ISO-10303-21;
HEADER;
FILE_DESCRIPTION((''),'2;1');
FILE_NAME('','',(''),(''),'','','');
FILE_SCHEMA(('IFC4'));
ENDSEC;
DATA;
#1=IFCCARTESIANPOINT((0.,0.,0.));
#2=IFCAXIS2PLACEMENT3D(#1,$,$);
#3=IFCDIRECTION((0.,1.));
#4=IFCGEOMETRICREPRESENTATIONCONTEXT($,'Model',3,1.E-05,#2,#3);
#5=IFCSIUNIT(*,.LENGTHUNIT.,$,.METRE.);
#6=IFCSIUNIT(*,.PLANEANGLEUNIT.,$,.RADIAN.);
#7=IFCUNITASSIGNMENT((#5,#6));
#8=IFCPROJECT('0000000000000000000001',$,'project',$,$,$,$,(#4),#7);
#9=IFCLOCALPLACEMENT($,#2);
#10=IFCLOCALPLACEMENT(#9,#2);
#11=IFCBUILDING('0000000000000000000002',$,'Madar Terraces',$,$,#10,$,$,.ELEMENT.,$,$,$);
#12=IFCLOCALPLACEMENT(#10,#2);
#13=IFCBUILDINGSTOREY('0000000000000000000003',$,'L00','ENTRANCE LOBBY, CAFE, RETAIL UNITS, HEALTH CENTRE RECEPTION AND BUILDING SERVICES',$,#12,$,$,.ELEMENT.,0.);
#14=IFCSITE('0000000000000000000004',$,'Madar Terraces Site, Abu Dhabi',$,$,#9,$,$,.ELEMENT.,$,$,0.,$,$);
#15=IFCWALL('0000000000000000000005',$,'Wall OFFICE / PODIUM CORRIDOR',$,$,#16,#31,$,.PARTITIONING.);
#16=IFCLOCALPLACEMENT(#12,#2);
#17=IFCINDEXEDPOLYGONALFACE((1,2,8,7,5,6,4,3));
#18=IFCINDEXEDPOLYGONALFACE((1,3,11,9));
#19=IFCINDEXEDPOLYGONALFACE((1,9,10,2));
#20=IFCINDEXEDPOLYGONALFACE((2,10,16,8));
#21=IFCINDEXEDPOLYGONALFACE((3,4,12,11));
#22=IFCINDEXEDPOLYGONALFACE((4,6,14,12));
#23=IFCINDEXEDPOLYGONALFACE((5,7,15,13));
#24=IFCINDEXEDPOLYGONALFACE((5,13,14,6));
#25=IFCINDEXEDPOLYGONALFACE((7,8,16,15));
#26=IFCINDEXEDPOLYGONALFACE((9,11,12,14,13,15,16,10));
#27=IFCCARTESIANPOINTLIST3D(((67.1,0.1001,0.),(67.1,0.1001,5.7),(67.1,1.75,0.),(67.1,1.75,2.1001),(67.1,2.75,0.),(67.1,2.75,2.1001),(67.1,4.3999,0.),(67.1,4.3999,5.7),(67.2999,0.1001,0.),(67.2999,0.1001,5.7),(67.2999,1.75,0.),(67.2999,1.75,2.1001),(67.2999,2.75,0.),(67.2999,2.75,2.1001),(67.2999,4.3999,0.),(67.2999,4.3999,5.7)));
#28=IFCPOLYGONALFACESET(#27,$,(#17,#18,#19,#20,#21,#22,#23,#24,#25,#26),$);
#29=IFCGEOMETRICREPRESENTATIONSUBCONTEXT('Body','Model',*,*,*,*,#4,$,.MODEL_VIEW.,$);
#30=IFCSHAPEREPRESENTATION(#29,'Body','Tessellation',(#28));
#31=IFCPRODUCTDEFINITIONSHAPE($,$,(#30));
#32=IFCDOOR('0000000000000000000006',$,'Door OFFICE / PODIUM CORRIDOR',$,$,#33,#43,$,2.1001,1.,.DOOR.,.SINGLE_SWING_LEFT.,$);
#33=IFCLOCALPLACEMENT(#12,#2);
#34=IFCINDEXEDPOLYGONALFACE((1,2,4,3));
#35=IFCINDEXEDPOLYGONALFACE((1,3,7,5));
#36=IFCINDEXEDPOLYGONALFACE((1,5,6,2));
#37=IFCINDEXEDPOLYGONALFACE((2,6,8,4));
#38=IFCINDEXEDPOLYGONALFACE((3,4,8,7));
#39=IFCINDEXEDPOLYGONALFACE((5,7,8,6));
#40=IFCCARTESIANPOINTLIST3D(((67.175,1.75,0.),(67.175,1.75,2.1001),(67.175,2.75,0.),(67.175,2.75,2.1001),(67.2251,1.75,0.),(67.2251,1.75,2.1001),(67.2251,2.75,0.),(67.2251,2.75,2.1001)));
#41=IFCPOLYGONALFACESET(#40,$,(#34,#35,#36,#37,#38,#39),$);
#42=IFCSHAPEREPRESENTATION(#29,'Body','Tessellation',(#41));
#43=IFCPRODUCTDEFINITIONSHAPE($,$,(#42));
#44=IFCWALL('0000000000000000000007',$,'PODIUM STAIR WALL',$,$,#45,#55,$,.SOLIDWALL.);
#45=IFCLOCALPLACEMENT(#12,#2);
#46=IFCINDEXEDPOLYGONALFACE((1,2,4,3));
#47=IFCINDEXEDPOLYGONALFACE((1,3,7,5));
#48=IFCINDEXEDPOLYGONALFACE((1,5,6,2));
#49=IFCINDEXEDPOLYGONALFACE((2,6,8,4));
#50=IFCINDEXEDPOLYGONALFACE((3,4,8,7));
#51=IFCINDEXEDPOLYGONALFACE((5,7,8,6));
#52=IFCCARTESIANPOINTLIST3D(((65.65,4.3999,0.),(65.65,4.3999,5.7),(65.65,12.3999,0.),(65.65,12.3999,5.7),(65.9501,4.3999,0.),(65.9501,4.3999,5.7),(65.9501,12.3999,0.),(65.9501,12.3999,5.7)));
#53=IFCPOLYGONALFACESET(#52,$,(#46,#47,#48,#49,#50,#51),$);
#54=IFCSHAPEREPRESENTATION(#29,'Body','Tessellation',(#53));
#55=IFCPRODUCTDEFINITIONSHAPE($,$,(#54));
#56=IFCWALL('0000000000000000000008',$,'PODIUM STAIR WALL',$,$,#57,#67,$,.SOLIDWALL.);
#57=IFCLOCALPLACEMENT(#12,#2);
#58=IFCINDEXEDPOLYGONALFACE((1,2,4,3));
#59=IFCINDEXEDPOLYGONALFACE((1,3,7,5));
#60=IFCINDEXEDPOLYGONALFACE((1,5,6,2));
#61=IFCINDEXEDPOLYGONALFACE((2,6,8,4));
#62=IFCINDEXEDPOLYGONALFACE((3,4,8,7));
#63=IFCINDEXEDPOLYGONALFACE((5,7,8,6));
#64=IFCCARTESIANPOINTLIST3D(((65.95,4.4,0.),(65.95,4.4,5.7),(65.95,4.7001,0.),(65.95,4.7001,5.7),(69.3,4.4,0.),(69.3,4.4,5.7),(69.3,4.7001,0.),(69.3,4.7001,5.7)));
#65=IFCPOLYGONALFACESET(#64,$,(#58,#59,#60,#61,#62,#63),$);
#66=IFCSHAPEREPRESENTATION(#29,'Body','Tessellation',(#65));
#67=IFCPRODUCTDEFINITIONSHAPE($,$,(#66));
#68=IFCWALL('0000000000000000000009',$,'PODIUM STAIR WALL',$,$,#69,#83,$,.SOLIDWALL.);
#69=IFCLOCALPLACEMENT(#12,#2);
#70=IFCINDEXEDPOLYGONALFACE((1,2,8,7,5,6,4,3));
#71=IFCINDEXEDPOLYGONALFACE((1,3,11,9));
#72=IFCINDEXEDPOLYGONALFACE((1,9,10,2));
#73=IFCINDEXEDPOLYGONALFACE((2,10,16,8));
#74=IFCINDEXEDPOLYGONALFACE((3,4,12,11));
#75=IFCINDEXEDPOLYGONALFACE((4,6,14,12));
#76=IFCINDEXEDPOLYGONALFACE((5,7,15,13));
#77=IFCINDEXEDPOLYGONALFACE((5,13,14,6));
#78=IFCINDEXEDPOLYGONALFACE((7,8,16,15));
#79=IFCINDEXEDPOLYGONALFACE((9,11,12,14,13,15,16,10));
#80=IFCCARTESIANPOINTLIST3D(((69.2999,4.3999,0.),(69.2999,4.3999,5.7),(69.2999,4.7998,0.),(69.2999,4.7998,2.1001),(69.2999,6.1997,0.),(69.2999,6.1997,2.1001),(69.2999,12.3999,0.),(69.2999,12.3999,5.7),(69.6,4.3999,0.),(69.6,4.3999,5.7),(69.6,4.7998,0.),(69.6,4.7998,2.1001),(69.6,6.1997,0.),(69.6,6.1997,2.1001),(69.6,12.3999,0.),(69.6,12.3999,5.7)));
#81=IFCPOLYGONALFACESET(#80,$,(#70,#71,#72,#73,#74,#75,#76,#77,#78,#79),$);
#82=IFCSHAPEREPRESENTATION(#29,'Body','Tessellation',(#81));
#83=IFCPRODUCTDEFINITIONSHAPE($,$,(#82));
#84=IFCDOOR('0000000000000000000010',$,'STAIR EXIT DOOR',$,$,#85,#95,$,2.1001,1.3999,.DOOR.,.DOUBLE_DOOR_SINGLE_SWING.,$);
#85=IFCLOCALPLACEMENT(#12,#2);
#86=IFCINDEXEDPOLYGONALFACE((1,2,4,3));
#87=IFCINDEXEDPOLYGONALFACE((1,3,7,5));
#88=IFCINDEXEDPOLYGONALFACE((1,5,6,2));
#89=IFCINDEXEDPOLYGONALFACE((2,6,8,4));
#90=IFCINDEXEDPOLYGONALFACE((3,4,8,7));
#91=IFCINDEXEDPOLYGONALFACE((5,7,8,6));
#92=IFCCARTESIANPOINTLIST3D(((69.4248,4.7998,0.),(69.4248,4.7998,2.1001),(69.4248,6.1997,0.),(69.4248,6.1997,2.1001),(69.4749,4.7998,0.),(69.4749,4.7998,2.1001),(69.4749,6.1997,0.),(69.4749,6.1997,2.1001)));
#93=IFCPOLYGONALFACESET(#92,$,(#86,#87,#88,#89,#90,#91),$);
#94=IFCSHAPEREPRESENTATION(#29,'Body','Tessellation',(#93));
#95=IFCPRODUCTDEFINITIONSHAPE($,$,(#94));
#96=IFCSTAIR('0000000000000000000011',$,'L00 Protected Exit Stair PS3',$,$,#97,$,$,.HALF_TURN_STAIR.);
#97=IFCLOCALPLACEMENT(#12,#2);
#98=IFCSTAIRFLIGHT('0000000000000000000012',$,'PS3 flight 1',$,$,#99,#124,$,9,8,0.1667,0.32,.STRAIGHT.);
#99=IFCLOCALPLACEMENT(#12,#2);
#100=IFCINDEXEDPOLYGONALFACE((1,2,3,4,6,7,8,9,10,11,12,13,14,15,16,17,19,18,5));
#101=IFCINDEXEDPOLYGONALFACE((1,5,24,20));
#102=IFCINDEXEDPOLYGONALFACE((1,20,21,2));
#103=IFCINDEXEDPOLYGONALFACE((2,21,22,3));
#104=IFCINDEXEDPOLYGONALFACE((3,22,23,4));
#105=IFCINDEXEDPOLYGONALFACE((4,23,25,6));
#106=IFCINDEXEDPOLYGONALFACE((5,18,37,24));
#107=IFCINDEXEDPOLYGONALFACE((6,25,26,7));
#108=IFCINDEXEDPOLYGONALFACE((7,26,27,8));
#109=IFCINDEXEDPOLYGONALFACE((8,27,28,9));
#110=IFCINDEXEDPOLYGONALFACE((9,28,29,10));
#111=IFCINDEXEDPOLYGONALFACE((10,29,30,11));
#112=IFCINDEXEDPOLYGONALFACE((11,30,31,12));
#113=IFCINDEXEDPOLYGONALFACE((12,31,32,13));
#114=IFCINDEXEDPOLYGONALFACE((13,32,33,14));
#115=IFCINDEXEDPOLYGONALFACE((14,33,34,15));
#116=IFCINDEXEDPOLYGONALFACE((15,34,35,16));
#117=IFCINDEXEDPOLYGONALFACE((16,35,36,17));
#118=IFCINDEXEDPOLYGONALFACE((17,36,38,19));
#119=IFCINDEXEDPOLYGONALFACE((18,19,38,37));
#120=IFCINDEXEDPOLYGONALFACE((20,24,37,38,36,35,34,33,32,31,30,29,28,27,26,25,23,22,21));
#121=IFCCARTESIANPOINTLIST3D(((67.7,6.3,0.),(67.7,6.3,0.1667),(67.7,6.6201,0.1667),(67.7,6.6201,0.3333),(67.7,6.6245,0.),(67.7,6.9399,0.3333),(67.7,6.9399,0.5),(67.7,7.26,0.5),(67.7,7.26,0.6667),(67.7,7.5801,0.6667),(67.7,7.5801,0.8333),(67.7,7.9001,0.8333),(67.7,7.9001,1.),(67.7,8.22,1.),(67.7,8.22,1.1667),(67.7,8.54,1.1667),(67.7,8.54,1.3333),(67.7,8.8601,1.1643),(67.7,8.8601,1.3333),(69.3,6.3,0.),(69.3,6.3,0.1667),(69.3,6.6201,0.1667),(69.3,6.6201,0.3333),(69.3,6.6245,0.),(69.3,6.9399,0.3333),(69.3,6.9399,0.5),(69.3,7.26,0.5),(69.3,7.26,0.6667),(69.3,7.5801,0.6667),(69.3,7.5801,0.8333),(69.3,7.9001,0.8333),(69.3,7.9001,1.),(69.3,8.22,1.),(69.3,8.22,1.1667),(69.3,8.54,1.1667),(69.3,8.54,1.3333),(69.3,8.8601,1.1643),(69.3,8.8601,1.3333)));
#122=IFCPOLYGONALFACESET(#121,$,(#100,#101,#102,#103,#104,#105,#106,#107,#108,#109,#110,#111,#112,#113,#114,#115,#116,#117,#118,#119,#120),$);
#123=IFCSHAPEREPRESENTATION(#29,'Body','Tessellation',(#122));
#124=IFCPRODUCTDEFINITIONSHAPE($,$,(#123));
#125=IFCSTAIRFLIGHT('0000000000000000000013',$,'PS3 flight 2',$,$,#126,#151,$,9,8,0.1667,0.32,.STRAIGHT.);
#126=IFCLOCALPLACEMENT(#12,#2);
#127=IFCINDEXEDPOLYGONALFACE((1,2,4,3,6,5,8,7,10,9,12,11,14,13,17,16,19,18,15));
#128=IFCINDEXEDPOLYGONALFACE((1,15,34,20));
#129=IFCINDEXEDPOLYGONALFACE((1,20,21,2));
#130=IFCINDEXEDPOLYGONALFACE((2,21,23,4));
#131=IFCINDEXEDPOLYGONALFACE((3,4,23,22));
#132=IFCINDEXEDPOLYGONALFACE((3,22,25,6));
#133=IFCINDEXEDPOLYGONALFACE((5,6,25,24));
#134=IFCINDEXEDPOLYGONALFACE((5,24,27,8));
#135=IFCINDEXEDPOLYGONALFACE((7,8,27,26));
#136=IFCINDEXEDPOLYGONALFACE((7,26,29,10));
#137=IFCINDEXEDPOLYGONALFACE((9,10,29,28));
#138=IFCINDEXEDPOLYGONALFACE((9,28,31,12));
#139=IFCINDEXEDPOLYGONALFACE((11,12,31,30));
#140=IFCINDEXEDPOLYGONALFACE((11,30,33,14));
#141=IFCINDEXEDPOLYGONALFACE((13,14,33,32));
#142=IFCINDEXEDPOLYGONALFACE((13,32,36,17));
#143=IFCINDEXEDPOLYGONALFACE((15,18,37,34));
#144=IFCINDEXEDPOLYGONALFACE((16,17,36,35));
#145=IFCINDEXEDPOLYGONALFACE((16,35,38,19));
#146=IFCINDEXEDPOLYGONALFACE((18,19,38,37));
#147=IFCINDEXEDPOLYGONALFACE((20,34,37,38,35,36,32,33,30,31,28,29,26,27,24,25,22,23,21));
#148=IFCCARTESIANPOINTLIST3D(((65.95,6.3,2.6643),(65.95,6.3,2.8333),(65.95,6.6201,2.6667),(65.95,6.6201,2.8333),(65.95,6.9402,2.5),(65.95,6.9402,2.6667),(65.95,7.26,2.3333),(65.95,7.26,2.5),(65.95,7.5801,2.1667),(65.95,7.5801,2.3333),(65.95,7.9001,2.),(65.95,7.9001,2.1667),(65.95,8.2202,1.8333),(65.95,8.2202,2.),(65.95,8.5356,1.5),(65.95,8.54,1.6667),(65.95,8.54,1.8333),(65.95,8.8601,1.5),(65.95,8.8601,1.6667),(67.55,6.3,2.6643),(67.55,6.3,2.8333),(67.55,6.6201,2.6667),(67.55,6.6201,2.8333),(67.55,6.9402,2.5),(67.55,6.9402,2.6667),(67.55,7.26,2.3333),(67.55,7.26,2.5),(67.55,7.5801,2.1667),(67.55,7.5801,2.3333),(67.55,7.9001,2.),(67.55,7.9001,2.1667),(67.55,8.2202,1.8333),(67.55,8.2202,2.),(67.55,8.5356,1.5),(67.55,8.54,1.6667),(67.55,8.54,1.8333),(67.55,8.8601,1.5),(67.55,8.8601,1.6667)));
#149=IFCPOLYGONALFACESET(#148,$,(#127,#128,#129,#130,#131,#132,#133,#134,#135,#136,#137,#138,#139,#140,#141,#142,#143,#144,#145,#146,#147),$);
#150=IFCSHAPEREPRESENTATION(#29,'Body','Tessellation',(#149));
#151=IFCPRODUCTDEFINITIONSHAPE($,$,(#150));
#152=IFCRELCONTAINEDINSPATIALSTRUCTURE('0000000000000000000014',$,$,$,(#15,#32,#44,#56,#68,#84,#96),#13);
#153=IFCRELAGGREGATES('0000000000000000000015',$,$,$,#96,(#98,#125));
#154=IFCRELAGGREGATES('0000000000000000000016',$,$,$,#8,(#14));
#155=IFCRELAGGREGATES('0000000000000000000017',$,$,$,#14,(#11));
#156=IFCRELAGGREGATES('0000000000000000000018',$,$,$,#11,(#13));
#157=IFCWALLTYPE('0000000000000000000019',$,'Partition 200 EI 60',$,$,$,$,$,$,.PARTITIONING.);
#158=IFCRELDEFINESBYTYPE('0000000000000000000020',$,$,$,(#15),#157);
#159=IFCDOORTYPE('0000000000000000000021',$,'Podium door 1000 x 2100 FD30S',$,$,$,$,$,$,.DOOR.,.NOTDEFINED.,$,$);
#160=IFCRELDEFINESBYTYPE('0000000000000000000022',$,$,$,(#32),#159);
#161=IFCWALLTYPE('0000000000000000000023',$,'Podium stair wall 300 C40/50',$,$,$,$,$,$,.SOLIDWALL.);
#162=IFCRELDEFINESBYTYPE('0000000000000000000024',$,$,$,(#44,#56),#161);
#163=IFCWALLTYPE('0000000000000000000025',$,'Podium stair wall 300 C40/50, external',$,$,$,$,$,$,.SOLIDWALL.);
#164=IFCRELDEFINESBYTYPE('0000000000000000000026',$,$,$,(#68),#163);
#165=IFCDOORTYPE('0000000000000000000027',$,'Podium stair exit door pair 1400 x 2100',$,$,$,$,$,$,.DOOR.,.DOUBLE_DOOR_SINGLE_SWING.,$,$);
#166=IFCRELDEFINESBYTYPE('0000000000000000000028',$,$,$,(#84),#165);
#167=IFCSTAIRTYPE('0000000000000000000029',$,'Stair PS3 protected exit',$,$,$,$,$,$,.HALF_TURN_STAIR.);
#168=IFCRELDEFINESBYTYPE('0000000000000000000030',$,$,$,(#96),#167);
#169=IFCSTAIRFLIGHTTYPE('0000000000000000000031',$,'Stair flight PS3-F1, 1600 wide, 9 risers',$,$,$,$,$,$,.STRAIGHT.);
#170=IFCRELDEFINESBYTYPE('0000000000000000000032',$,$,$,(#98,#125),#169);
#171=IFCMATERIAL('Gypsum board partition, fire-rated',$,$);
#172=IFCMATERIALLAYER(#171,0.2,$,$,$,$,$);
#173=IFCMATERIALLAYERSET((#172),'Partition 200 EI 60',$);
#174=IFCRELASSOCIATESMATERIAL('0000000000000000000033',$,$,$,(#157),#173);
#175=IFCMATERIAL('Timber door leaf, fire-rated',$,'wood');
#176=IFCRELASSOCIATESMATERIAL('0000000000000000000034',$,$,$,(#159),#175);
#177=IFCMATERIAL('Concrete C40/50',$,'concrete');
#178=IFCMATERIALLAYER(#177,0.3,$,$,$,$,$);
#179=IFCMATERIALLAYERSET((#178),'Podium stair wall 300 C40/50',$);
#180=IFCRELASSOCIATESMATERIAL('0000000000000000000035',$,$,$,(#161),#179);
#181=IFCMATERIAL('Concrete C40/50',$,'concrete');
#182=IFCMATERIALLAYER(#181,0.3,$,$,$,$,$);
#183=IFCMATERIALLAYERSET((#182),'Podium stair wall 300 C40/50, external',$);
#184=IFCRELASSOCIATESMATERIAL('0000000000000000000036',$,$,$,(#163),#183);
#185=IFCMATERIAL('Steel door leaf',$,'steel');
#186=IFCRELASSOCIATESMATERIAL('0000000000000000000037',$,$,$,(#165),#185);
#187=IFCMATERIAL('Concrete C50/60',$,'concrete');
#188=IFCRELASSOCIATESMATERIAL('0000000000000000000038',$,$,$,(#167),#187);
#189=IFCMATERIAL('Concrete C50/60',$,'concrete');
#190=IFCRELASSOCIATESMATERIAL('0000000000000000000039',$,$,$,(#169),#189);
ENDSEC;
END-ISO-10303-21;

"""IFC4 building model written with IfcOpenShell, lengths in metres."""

from ifc_helpers import new_model, si_unit, direction, frame, frame_2d, origin, place, context, subcontext, project, spatial, polyline, rectangle, outline, extrude, material, layer, layer_set, type_object, element, fill, aggregate, save


model = new_model("IFC4")

# Units and contexts
model_context = context("Model", 3, precision=1e-05, world=origin(), true_north=direction((0.0, 1.0)))
body_context = subcontext(model_context, "Body", "Model", "MODEL_VIEW")
ifc_project = project(units=[si_unit("LENGTHUNIT", "METRE"), si_unit("PLANEANGLEUNIT", "RADIAN")], contexts=[model_context])

# Site, building, storey
site_placement = place(None, origin())
site = spatial("IfcSite", under=ifc_project, at=site_placement, Name="Madar Terraces Site, Abu Dhabi", CompositionType="ELEMENT", RefElevation=0.0)
building_placement = place(site_placement, origin())
building = spatial("IfcBuilding", under=site, at=building_placement, Name="Madar Terraces", CompositionType="ELEMENT")
storey_placement = place(building_placement, origin())
storey = spatial("IfcBuildingStorey", under=building, at=storey_placement, Name="L00", Description="ENTRANCE LOBBY, CAFE, RETAIL UNITS, HEALTH CENTRE RECEPTION AND BUILDING SERVICES", CompositionType="ELEMENT", Elevation=0.0)

# Shared definitions
ifc_material_1 = material(Name="Gypsum board partition, fire-rated")
ifc_layer_1 = layer(ifc_material_1, 0.2)
ifc_layer_set_1 = layer_set([ifc_layer_1], Name="Partition 200 EI 60")
wall_type_1 = type_object("IfcWallType", Name="Partition 200 EI 60", PredefinedType="PARTITIONING", material=ifc_layer_set_1)
ifc_material_2 = material(Name="Timber door leaf, fire-rated", Category="wood")
door_type_1 = type_object("IfcDoorType", Name="Podium door 1000 x 2100 FD30S", OperationType="NOTDEFINED", PredefinedType="DOOR", material=ifc_material_2)

# Wall, opening, door
wall_1_placement = place(storey_placement, frame((67.2, 0.1001, 0.0), z_axis=(0.0, 0.0, 1.0), x_axis=(0.0, 1.0, 0.0)))
wall_1 = element("IfcWall", 1, at=wall_1_placement, inside=storey, type_object=wall_type_1, Name="Wall OFFICE / PODIUM CORRIDOR", PredefinedType="PARTITIONING", context=body_context, shape_type="SweptSolid", body=[
    extrude(rectangle(XDim=4.2998, YDim=0.2, at=frame_2d((2.1499, 0.0))), origin(), (0.0, 0.0, 1.0), 5.7),
])
opening_1_placement = place(wall_1_placement, frame((1.6499, 0.0, 0.0)))
opening_1 = element("IfcOpeningElement", 2, at=opening_1_placement, cuts=wall_1, PredefinedType="OPENING", context=body_context, shape_type="SweptSolid", body=[
    extrude(rectangle(XDim=1.0, YDim=2.1001, at=frame_2d((0.5, 1.05))), frame((0.0, 0.1099, 0.0), z_axis=(0.0, -1.0, 0.0), x_axis=(1.0, 0.0, 0.0)), (0.0, 0.0, 1.0), 0.22),
])
door_1_placement = place(opening_1_placement, origin())
door_1 = element("IfcDoor", 3, at=door_1_placement, inside=storey, type_object=door_type_1, Name="Door OFFICE / PODIUM CORRIDOR", OperationType="SINGLE_SWING_LEFT", OverallHeight=2.1001, OverallWidth=1.0, PredefinedType="DOOR", context=body_context, shape_type="SweptSolid", body=[
    extrude(rectangle(XDim=1.0, YDim=2.1001, at=frame_2d((0.5, 1.05))), frame((0.0, 0.0249, 0.0), z_axis=(0.0, -1.0, 0.0), x_axis=(1.0, 0.0, 0.0)), (0.0, 0.0, 1.0), 0.05),
])
fill(opening_1, door_1)

# Walls
ifc_material_3 = material(Name="Concrete C40/50", Category="concrete")
ifc_layer_2 = layer(ifc_material_3, 0.3)
ifc_layer_set_2 = layer_set([ifc_layer_2], Name="Podium stair wall 300 C40/50")
wall_type_2 = type_object("IfcWallType", Name="Podium stair wall 300 C40/50", PredefinedType="SOLIDWALL", material=ifc_layer_set_2)
wall_2_placement = place(storey_placement, frame((65.8, 4.3999, 0.0), z_axis=(0.0, 0.0, 1.0), x_axis=(0.0, 1.0, 0.0)))
element("IfcWall", 4, at=wall_2_placement, inside=storey, type_object=wall_type_2, Name="PODIUM STAIR WALL", PredefinedType="SOLIDWALL", context=body_context, shape_type="SweptSolid", body=[
    extrude(rectangle(XDim=8.0, YDim=0.3, at=frame_2d((4.0, 0.0))), origin(), (0.0, 0.0, 1.0), 5.7),
])
wall_3_placement = place(storey_placement, frame((65.95, 4.55, 0.0), z_axis=(0.0, 0.0, 1.0), x_axis=(1.0, 0.0, 0.0)))
element("IfcWall", 5, at=wall_3_placement, inside=storey, type_object=wall_type_2, Name="PODIUM STAIR WALL", PredefinedType="SOLIDWALL", context=body_context, shape_type="SweptSolid", body=[
    extrude(rectangle(XDim=3.3501, YDim=0.3, at=frame_2d((1.675, 0.0))), origin(), (0.0, 0.0, 1.0), 5.7),
])

# Wall, opening, door
ifc_material_4 = material(Name="Concrete C40/50", Category="concrete")
ifc_layer_3 = layer(ifc_material_4, 0.3)
ifc_layer_set_3 = layer_set([ifc_layer_3], Name="Podium stair wall 300 C40/50, external")
wall_type_3 = type_object("IfcWallType", Name="Podium stair wall 300 C40/50, external", PredefinedType="SOLIDWALL", material=ifc_layer_set_3)
wall_4_placement = place(storey_placement, frame((69.45, 4.3999, 0.0), z_axis=(0.0, 0.0, 1.0), x_axis=(0.0, 1.0, 0.0)))
wall_4 = element("IfcWall", 6, at=wall_4_placement, inside=storey, type_object=wall_type_3, Name="PODIUM STAIR WALL", PredefinedType="SOLIDWALL", context=body_context, shape_type="SweptSolid", body=[
    extrude(rectangle(XDim=8.0, YDim=0.3, at=frame_2d((4.0, 0.0))), origin(), (0.0, 0.0, 1.0), 5.7),
])
opening_2_placement = place(wall_4_placement, frame((0.3999, 0.0, 0.0)))
opening_2 = element("IfcOpeningElement", 7, at=opening_2_placement, cuts=wall_4, PredefinedType="OPENING", context=body_context, shape_type="SweptSolid", body=[
    extrude(rectangle(XDim=1.3999, YDim=2.1001, at=frame_2d((0.7, 1.05))), frame((0.0, 0.1599, 0.0), z_axis=(0.0, -1.0, 0.0), x_axis=(1.0, 0.0, 0.0)), (0.0, 0.0, 1.0), 0.3201),
])
ifc_material_5 = material(Name="Steel door leaf", Category="steel")
door_type_2 = type_object("IfcDoorType", Name="Podium stair exit door pair 1400 x 2100", OperationType="DOUBLE_DOOR_SINGLE_SWING", PredefinedType="DOOR", material=ifc_material_5)
door_2_placement = place(opening_2_placement, frame((1.3999, 0.0, 0.0), z_axis=(0.0, 0.0, 1.0), x_axis=(-1.0, 0.0, 0.0)))
door_2 = element("IfcDoor", 8, at=door_2_placement, inside=storey, type_object=door_type_2, Name="STAIR EXIT DOOR", OperationType="DOUBLE_DOOR_SINGLE_SWING", OverallHeight=2.1001, OverallWidth=1.3999, PredefinedType="DOOR", context=body_context, shape_type="SweptSolid", body=[
    extrude(rectangle(XDim=1.3999, YDim=2.1001, at=frame_2d((0.7, 1.05))), frame((0.0, 0.0249, 0.0), z_axis=(0.0, -1.0, 0.0), x_axis=(1.0, 0.0, 0.0)), (0.0, 0.0, 1.0), 0.05),
])
fill(opening_2, door_2)

# Stair, stair flights
ifc_material_6 = material(Name="Concrete C50/60", Category="concrete")
stair_type = type_object("IfcStairType", Name="Stair PS3 protected exit", PredefinedType="HALF_TURN_STAIR", material=ifc_material_6)
stair_placement = place(storey_placement, origin())
stair = element("IfcStair", 9, at=stair_placement, inside=storey, type_object=stair_type, Name="L00 Protected Exit Stair PS3", PredefinedType="HALF_TURN_STAIR")
ifc_material_7 = material(Name="Concrete C50/60", Category="concrete")
stair_flight_type = type_object("IfcStairFlightType", Name="Stair flight PS3-F1, 1600 wide, 9 risers", PredefinedType="STRAIGHT", material=ifc_material_7)
stair_flight_1_placement = place(storey_placement, frame((68.5, 6.3, 0.0), z_axis=(0.0, 0.0, 1.0), x_axis=(0.0, 1.0, 0.0)))
stair_flight_1 = element("IfcStairFlight", 10, at=stair_flight_1_placement, type_object=stair_flight_type, Name="PS3 flight 1", NumberOfRisers=9, NumberOfTreads=8, PredefinedType="STRAIGHT", RiserHeight=0.1667, TreadLength=0.32, context=body_context, shape_type="SweptSolid", body=[
    extrude(outline(polyline([(0.0, 0.0), (0.0, 0.1667), (0.3201, 0.1667), (0.3201, 0.3333), (0.6399, 0.3333), (0.6399, 0.5), (0.96, 0.5), (0.96, 0.6667), (1.28, 0.6667), (1.28, 0.8333), (1.6001, 0.8333), (1.6001, 1.0), (1.9199, 1.0), (1.9199, 1.1667), (2.24, 1.1667), (2.24, 1.3333), (2.5601, 1.3333), (2.5601, 1.5), (2.5601, 1.1643), (0.3245, 0.0), (0.0, 0.0)])), frame((0.0, 0.8, 0.0), z_axis=(0.0, -1.0, 0.0), x_axis=(1.0, 0.0, 0.0)), (0.0, 0.0, 1.0), 1.6001),
])
stair_flight_2_placement = place(storey_placement, frame((66.75, 8.8601, 1.5), z_axis=(0.0, 0.0, 1.0), x_axis=(0.0, -1.0, 0.0)))
stair_flight_2 = element("IfcStairFlight", 11, at=stair_flight_2_placement, type_object=stair_flight_type, Name="PS3 flight 2", NumberOfRisers=9, NumberOfTreads=8, PredefinedType="STRAIGHT", RiserHeight=0.1667, TreadLength=0.32, context=body_context, shape_type="SweptSolid", body=[
    extrude(outline(polyline([(0.0, 0.0), (0.0, 0.1667), (0.3201, 0.1667), (0.3201, 0.3333), (0.6399, 0.3333), (0.6399, 0.5), (0.96, 0.5), (0.96, 0.6667), (1.28, 0.6667), (1.28, 0.8333), (1.6001, 0.8333), (1.6001, 1.0), (1.9199, 1.0), (1.9199, 1.1667), (2.24, 1.1667), (2.24, 1.3333), (2.5601, 1.3333), (2.5601, 1.5), (2.5601, 1.1643), (0.3245, 0.0), (0.0, 0.0)])), frame((0.0, 0.8, 0.0), z_axis=(0.0, -1.0, 0.0), x_axis=(1.0, 0.0, 0.0)), (0.0, 0.0, 1.0), 1.6001),
])
aggregate(stair, [stair_flight_1, stair_flight_2])

save(model, "model.ifc")
